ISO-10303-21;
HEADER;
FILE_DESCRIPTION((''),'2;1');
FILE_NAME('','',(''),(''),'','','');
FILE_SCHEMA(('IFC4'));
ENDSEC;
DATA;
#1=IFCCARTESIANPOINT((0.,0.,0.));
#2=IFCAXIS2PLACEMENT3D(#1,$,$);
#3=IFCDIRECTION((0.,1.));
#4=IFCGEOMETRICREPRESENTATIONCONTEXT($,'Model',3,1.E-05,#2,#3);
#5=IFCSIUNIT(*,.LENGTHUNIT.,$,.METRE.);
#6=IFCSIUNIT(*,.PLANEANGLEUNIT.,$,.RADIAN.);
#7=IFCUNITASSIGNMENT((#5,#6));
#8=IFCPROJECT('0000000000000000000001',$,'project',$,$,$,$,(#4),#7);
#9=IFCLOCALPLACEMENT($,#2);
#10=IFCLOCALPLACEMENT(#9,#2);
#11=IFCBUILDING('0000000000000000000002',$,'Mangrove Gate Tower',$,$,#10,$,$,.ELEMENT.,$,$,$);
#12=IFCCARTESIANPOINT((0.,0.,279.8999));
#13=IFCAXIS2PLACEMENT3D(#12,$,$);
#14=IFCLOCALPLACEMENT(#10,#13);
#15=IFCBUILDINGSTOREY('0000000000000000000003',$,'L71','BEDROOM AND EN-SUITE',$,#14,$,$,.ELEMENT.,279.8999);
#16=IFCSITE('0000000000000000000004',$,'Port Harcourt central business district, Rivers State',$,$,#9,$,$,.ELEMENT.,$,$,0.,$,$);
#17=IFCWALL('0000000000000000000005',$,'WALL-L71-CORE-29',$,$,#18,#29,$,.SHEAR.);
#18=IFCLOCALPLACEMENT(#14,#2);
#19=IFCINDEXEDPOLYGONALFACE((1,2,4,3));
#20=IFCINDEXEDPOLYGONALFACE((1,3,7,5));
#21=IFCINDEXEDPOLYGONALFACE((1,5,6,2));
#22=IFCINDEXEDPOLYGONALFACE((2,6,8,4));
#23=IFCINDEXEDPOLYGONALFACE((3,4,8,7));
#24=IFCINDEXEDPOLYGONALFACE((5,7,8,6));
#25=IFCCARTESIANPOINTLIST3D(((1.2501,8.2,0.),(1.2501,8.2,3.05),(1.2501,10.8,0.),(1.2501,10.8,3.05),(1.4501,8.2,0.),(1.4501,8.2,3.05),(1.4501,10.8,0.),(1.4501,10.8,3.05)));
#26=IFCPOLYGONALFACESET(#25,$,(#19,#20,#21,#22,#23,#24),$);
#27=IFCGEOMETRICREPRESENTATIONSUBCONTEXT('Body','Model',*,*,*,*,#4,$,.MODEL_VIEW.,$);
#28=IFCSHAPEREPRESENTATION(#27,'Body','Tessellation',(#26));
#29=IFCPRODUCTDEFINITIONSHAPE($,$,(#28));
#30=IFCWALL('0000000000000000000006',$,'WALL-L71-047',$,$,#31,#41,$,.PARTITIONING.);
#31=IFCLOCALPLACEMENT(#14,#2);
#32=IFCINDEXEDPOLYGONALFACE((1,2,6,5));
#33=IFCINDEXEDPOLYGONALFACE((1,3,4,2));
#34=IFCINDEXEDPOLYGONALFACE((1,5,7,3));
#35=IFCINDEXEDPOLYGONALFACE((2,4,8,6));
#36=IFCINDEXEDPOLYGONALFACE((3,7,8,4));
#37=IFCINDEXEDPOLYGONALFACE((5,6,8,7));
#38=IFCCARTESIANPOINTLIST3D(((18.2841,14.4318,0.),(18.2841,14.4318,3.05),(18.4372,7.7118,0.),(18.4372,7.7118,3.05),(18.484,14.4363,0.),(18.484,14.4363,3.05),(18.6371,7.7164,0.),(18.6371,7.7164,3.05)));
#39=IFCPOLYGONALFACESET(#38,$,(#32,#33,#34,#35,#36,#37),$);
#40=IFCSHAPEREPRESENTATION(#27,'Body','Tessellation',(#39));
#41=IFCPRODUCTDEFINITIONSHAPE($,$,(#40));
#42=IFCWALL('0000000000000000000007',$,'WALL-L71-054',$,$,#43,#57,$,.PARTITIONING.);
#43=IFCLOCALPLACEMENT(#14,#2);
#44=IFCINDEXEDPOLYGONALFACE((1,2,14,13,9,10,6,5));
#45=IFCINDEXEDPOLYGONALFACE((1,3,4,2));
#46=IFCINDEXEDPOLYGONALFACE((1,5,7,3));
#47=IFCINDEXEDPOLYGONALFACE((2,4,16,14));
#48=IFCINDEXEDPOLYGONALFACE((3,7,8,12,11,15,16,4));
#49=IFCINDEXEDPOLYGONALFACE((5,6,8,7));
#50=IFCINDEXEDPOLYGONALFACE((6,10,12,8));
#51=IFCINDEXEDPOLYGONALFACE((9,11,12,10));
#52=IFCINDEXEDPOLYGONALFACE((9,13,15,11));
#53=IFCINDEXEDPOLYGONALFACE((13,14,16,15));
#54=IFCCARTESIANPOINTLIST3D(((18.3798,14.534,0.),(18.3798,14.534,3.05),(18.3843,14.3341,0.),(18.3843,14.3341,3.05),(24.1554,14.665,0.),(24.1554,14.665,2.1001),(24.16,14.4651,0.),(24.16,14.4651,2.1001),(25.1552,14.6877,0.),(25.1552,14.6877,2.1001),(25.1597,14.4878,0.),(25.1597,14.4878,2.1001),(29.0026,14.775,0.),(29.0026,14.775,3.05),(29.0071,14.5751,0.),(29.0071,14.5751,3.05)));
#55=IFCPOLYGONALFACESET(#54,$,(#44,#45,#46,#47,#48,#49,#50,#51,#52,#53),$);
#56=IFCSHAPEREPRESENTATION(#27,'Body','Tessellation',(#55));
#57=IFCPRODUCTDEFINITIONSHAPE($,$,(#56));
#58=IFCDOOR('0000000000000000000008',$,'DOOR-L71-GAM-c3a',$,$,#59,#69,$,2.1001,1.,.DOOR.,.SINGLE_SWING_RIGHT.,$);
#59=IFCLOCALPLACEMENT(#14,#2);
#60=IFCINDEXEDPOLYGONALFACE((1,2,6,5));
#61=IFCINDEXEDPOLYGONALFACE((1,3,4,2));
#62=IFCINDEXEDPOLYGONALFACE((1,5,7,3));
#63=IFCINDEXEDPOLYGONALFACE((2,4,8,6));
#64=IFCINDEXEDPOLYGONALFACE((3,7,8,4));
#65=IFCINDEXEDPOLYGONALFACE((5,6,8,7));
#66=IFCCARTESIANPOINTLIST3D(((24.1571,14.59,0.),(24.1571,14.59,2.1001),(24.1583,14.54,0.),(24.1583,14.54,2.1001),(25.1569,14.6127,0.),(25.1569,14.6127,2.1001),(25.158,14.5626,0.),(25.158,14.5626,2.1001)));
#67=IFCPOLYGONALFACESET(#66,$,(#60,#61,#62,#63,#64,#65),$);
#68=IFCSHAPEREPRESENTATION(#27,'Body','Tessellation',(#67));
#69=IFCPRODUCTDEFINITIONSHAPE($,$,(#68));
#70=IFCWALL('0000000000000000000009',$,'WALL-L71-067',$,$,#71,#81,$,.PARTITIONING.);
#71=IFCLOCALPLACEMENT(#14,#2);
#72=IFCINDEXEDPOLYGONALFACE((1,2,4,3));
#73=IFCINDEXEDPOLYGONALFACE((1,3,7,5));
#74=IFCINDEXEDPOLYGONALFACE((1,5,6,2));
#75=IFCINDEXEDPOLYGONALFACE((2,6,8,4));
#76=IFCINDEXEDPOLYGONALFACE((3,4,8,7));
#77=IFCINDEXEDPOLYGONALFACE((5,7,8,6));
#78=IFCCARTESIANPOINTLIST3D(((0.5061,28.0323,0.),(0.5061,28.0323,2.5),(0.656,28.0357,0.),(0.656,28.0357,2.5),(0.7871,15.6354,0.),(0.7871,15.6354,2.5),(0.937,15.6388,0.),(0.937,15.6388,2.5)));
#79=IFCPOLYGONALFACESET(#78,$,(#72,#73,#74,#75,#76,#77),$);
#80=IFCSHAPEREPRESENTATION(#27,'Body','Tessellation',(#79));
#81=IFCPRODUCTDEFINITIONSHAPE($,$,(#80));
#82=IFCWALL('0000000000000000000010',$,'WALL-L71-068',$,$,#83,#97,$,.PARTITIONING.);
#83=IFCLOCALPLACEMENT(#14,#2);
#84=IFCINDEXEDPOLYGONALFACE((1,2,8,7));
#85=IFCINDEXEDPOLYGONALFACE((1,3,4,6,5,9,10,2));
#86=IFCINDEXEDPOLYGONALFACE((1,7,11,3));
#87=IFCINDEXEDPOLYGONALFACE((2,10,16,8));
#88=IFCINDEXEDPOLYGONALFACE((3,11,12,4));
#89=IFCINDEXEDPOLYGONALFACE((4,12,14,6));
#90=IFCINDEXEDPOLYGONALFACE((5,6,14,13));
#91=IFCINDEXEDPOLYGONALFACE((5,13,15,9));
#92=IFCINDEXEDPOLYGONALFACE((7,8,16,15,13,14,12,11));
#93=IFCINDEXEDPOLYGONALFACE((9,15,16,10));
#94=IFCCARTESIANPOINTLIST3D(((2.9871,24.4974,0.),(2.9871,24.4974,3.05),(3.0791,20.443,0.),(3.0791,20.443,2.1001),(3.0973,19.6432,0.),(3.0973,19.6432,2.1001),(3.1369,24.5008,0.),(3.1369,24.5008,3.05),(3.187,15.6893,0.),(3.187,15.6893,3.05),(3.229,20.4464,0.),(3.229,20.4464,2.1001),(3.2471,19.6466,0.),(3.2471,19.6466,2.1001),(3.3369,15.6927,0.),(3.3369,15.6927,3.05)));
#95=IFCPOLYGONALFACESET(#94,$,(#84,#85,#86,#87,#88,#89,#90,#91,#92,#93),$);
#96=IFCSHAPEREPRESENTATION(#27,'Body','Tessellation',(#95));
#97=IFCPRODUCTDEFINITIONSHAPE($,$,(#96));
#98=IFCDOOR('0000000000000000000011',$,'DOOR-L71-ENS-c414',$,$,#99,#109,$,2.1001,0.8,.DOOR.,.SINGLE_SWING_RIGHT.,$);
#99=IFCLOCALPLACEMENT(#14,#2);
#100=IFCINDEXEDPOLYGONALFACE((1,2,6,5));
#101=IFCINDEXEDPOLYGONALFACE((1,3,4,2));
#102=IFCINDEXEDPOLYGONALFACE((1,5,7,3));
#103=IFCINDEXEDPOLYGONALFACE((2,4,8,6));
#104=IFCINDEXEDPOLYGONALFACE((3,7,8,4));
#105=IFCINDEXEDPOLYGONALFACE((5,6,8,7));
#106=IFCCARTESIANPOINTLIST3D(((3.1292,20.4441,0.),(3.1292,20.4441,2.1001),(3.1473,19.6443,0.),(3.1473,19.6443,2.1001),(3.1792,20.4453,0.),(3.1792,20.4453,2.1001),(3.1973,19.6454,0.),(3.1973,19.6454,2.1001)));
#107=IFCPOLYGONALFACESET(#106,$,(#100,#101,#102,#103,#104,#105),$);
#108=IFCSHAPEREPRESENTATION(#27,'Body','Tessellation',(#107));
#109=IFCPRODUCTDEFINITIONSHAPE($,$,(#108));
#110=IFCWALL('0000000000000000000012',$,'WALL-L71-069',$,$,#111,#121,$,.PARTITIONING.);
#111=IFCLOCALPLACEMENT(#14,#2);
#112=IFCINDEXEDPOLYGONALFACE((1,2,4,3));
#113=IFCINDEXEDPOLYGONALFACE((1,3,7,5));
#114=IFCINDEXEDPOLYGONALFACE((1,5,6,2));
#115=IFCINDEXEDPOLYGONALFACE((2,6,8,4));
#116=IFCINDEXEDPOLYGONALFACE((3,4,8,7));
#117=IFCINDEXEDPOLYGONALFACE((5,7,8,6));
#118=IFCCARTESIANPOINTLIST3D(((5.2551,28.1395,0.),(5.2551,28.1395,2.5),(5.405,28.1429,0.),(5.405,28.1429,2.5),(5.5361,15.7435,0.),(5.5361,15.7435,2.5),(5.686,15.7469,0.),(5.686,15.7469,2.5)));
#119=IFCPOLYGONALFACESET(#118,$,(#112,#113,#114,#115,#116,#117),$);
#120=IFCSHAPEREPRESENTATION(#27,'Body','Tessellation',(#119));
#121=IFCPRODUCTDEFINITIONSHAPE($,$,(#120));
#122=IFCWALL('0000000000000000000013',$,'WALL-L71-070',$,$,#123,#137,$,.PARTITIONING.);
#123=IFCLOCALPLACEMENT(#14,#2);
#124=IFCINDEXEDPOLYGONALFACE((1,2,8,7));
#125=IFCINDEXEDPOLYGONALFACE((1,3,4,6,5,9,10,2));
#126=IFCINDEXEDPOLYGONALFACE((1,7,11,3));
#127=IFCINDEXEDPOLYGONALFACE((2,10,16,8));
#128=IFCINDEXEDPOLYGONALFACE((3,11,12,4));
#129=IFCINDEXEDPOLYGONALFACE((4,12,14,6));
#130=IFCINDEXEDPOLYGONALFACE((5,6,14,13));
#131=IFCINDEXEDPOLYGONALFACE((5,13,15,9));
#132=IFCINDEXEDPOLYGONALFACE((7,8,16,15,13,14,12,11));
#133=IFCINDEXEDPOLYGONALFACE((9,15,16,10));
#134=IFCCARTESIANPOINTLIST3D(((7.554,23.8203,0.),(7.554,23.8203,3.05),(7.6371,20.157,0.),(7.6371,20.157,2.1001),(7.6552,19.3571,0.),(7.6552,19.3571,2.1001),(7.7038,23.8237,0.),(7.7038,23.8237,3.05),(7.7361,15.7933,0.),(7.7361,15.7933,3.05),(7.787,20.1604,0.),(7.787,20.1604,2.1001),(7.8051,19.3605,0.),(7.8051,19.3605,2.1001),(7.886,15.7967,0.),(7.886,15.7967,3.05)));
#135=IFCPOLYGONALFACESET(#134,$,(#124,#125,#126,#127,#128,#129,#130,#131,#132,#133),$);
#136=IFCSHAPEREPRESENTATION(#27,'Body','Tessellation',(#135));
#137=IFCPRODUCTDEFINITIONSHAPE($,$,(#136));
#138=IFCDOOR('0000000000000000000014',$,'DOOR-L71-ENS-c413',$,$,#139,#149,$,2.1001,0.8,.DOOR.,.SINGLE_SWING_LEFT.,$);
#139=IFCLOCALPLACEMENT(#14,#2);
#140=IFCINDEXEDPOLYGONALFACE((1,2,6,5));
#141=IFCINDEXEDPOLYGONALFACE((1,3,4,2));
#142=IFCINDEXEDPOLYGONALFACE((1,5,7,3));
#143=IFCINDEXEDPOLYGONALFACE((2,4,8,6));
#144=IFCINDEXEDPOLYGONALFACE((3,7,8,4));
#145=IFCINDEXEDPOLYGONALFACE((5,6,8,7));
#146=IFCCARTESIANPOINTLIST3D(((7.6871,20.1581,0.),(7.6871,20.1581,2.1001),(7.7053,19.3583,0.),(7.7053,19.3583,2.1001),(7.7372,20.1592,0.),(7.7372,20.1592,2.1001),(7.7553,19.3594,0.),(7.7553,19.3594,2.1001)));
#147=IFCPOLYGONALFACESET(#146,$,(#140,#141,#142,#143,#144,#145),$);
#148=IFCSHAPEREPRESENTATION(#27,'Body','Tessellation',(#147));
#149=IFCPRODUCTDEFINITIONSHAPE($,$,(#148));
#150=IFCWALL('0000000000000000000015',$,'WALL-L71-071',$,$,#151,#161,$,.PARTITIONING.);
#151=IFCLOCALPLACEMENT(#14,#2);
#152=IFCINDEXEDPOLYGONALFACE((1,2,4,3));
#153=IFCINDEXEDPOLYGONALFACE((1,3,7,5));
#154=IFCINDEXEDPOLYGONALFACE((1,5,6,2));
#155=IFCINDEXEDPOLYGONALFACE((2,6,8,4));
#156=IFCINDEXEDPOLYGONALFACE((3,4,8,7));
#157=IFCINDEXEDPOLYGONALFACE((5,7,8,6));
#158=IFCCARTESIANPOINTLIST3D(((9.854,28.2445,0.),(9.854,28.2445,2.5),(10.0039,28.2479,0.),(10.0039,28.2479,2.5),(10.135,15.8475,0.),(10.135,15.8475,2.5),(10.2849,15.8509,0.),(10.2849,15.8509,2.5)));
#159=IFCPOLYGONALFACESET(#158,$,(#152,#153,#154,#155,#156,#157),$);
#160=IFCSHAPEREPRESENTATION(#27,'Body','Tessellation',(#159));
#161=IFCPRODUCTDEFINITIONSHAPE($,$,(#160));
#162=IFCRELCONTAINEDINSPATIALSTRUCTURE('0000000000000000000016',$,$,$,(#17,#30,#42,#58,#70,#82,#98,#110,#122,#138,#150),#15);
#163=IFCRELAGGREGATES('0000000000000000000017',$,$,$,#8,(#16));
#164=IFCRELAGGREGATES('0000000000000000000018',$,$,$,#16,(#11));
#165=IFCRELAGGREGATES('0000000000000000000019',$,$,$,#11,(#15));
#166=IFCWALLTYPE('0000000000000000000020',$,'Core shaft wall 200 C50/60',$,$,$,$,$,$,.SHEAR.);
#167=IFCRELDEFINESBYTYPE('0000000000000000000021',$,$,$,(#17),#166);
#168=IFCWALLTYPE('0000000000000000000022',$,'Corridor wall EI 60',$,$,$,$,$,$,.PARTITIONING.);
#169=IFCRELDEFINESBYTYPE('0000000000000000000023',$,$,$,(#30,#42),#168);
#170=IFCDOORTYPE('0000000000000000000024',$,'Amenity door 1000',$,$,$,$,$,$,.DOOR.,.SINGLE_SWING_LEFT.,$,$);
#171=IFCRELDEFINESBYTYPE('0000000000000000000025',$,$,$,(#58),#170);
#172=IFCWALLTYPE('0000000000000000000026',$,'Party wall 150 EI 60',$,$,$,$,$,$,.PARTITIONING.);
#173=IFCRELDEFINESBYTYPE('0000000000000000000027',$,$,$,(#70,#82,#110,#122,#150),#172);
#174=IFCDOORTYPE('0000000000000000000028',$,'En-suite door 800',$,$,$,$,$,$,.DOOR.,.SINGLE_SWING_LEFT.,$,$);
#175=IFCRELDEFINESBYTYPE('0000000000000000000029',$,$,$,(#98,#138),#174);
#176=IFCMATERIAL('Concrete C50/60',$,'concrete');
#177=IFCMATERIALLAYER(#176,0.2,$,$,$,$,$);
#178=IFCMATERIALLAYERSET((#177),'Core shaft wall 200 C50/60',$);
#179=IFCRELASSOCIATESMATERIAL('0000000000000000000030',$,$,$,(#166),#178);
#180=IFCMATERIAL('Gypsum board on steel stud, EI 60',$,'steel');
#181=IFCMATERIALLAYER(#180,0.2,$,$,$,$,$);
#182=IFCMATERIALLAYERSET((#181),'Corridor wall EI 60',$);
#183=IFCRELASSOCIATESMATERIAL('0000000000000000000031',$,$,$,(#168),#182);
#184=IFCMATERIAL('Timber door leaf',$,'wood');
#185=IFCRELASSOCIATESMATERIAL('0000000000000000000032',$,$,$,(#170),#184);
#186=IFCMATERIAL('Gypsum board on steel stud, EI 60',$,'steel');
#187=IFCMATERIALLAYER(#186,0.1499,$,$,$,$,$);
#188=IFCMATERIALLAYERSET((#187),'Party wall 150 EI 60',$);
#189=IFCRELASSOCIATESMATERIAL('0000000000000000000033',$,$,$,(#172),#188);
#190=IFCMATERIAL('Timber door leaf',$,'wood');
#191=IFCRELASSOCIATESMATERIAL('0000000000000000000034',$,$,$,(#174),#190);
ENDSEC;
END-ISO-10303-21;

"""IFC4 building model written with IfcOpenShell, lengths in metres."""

from ifc_helpers import new_model, si_unit, direction, frame, frame_2d, origin, place, context, subcontext, project, spatial, rectangle, extrude, material, layer, layer_set, type_object, element, fill, save


model = new_model("IFC4")

# Units and contexts
model_context = context("Model", 3, precision=1e-05, world=origin(), true_north=direction((0.0, 1.0)))
body_context = subcontext(model_context, "Body", "Model", "MODEL_VIEW")
ifc_project = project(units=[si_unit("LENGTHUNIT", "METRE"), si_unit("PLANEANGLEUNIT", "RADIAN")], contexts=[model_context])

# Site, building, storey
site_placement = place(None, origin())
site = spatial("IfcSite", under=ifc_project, at=site_placement, Name="Port Harcourt central business district, Rivers State", CompositionType="ELEMENT", RefElevation=0.0)
building_placement = place(site_placement, origin())
building = spatial("IfcBuilding", under=site, at=building_placement, Name="Mangrove Gate Tower", CompositionType="ELEMENT")
storey_placement = place(building_placement, frame((0.0, 0.0, 279.8999)))
storey = spatial("IfcBuildingStorey", under=building, at=storey_placement, Name="L71", Description="BEDROOM AND EN-SUITE", CompositionType="ELEMENT", Elevation=279.8999)

# Walls
ifc_material_1 = material(Name="Concrete C50/60", Category="concrete")
ifc_layer_1 = layer(ifc_material_1, 0.2)
ifc_layer_set_1 = layer_set([ifc_layer_1], Name="Core shaft wall 200 C50/60")
wall_type_1 = type_object("IfcWallType", Name="Core shaft wall 200 C50/60", PredefinedType="SHEAR", material=ifc_layer_set_1)
wall_1_placement = place(storey_placement, frame((1.3501, 8.2, 0.0), z_axis=(0.0, 0.0, 1.0), x_axis=(0.0, 1.0, 0.0)))
element("IfcWall", 1, at=wall_1_placement, inside=storey, type_object=wall_type_1, Name="WALL-L71-CORE-29", PredefinedType="SHEAR", context=body_context, shape_type="SweptSolid", body=[
    extrude(rectangle(XDim=2.6001, YDim=0.2, at=frame_2d((1.3, 0.0))), origin(), (0.0, 0.0, 1.0), 3.05),
])
ifc_material_2 = material(Name="Gypsum board on steel stud, EI 60", Category="steel")
ifc_layer_2 = layer(ifc_material_2, 0.2)
ifc_layer_set_2 = layer_set([ifc_layer_2], Name="Corridor wall EI 60")
wall_type_2 = type_object("IfcWallType", Name="Corridor wall EI 60", PredefinedType="PARTITIONING", material=ifc_layer_set_2)
wall_2_placement = place(storey_placement, frame((18.5371, 7.7141, 0.0), z_axis=(0.0, 0.0, 1.0), x_axis=(-0.022773, 0.999741, 0.0)))
element("IfcWall", 2, at=wall_2_placement, inside=storey, type_object=wall_type_2, Name="WALL-L71-047", PredefinedType="PARTITIONING", context=body_context, shape_type="SweptSolid", body=[
    extrude(rectangle(XDim=6.7217, YDim=0.2, at=frame_2d((3.3608, 0.0))), origin(), (0.0, 0.0, 1.0), 3.05),
])

# Wall, opening, door
wall_3_placement = place(storey_placement, frame((18.3821, 14.4341, 0.0), z_axis=(0.0, 0.0, 1.0), x_axis=(0.999743, 0.022678, 0.0)))
wall_3 = element("IfcWall", 3, at=wall_3_placement, inside=storey, type_object=wall_type_2, Name="WALL-L71-054", PredefinedType="PARTITIONING", context=body_context, shape_type="SweptSolid", body=[
    extrude(rectangle(XDim=10.6255, YDim=0.2, at=frame_2d((5.3127, 0.0))), origin(), (0.0, 0.0, 1.0), 3.05),
])
opening_1_placement = place(wall_3_placement, frame((5.7771, 0.0, 0.0)))
opening_1 = element("IfcOpeningElement", 4, at=opening_1_placement, cuts=wall_3, PredefinedType="OPENING", context=body_context, shape_type="SweptSolid", body=[
    extrude(rectangle(XDim=1.0, YDim=2.1001, at=frame_2d((0.5, 1.05))), frame((0.0, 0.1099, 0.0), z_axis=(0.0, -1.0, 0.0), x_axis=(1.0, 0.0, 0.0)), (0.0, 0.0, 1.0), 0.22),
])
ifc_material_3 = material(Name="Timber door leaf", Category="wood")
door_type_1 = type_object("IfcDoorType", Name="Amenity door 1000", OperationType="SINGLE_SWING_LEFT", PredefinedType="DOOR", material=ifc_material_3)
door_1_placement = place(opening_1_placement, origin())
door_1 = element("IfcDoor", 5, at=door_1_placement, inside=storey, type_object=door_type_1, Name="DOOR-L71-GAM-c3a", OperationType="SINGLE_SWING_RIGHT", OverallHeight=2.1001, OverallWidth=1.0, PredefinedType="DOOR", context=body_context, shape_type="SweptSolid", body=[
    extrude(rectangle(XDim=1.0, YDim=2.1001, at=frame_2d((0.5, 1.05))), frame((0.0, 0.0249, 0.0), z_axis=(0.0, -1.0, 0.0), x_axis=(1.0, 0.0, 0.0)), (0.0, 0.0, 1.0), 0.05),
])
fill(opening_1, door_1)

# Wall
ifc_material_4 = material(Name="Gypsum board on steel stud, EI 60", Category="steel")
ifc_layer_3 = layer(ifc_material_4, 0.1499)
ifc_layer_set_3 = layer_set([ifc_layer_3], Name="Party wall 150 EI 60")
wall_type_3 = type_object("IfcWallType", Name="Party wall 150 EI 60", PredefinedType="PARTITIONING", material=ifc_layer_set_3)
wall_4_placement = place(storey_placement, frame((0.8621, 15.637, 0.0), z_axis=(0.0, 0.0, 1.0), x_axis=(-0.022661, 0.999743, 0.0)))
element("IfcWall", 6, at=wall_4_placement, inside=storey, type_object=wall_type_3, Name="WALL-L71-067", PredefinedType="PARTITIONING", context=body_context, shape_type="SweptSolid", body=[
    extrude(rectangle(XDim=12.4001, YDim=0.1499, at=frame_2d((6.2002, 0.0))), origin(), (0.0, 0.0, 1.0), 2.5),
])

# Wall, opening, door
wall_5_placement = place(storey_placement, frame((3.262, 15.6909, 0.0), z_axis=(0.0, 0.0, 1.0), x_axis=(-0.022695, 0.999742, 0.0)))
wall_5 = element("IfcWall", 7, at=wall_5_placement, inside=storey, type_object=wall_type_3, Name="WALL-L71-068", PredefinedType="PARTITIONING", context=body_context, shape_type="SweptSolid", body=[
    extrude(rectangle(XDim=8.8103, YDim=0.1499, at=frame_2d((4.4053, 0.0))), origin(), (0.0, 0.0, 1.0), 3.05),
])
opening_2_placement = place(wall_5_placement, frame((3.9551, 0.0, 0.0)))
opening_2 = element("IfcOpeningElement", 8, at=opening_2_placement, cuts=wall_5, PredefinedType="OPENING", context=body_context, shape_type="SweptSolid", body=[
    extrude(rectangle(XDim=0.8, YDim=2.1001, at=frame_2d((0.3999, 1.05))), frame((0.0, 0.085, 0.0), z_axis=(0.0, -1.0, 0.0), x_axis=(1.0, 0.0, 0.0)), (0.0, 0.0, 1.0), 0.1699),
])
ifc_material_5 = material(Name="Timber door leaf", Category="wood")
door_type_2 = type_object("IfcDoorType", Name="En-suite door 800", OperationType="SINGLE_SWING_LEFT", PredefinedType="DOOR", material=ifc_material_5)
door_2_placement = place(opening_2_placement, origin())
door_2 = element("IfcDoor", 9, at=door_2_placement, inside=storey, type_object=door_type_2, Name="DOOR-L71-ENS-c414", OperationType="SINGLE_SWING_RIGHT", OverallHeight=2.1001, OverallWidth=0.8, PredefinedType="DOOR", context=body_context, shape_type="SweptSolid", body=[
    extrude(rectangle(XDim=0.8, YDim=2.1001, at=frame_2d((0.3999, 1.05))), frame((0.0, 0.0249, 0.0), z_axis=(0.0, -1.0, 0.0), x_axis=(1.0, 0.0, 0.0)), (0.0, 0.0, 1.0), 0.05),
])
fill(opening_2, door_2)

# Wall
wall_6_placement = place(storey_placement, frame((5.6111, 15.7451, 0.0), z_axis=(0.0, 0.0, 1.0), x_axis=(-0.022663, 0.999743, 0.0)))
element("IfcWall", 10, at=wall_6_placement, inside=storey, type_object=wall_type_3, Name="WALL-L71-069", PredefinedType="PARTITIONING", context=body_context, shape_type="SweptSolid", body=[
    extrude(rectangle(XDim=12.3992, YDim=0.1499, at=frame_2d((6.1997, 0.0))), origin(), (0.0, 0.0, 1.0), 2.5),
])

# Wall, opening, door
wall_7_placement = place(storey_placement, frame((7.811, 15.7949, 0.0), z_axis=(0.0, 0.0, 1.0), x_axis=(-0.022683, 0.999743, 0.0)))
wall_7 = element("IfcWall", 11, at=wall_7_placement, inside=storey, type_object=wall_type_3, Name="WALL-L71-070", PredefinedType="PARTITIONING", context=body_context, shape_type="SweptSolid", body=[
    extrude(rectangle(XDim=8.0291, YDim=0.1499, at=frame_2d((4.0146, 0.0))), origin(), (0.0, 0.0, 1.0), 3.05),
])
opening_3_placement = place(wall_7_placement, frame((3.5649, 0.0, 0.0)))
opening_3 = element("IfcOpeningElement", 12, at=opening_3_placement, cuts=wall_7, PredefinedType="OPENING", context=body_context, shape_type="SweptSolid", body=[
    extrude(rectangle(XDim=0.8, YDim=2.1001, at=frame_2d((0.3999, 1.05))), frame((0.0, 0.085, 0.0), z_axis=(0.0, -1.0, 0.0), x_axis=(1.0, 0.0, 0.0)), (0.0, 0.0, 1.0), 0.1699),
])
door_3_placement = place(opening_3_placement, origin())
door_3 = element("IfcDoor", 13, at=door_3_placement, inside=storey, type_object=door_type_2, Name="DOOR-L71-ENS-c413", OperationType="SINGLE_SWING_LEFT", OverallHeight=2.1001, OverallWidth=0.8, PredefinedType="DOOR", context=body_context, shape_type="SweptSolid", body=[
    extrude(rectangle(XDim=0.8, YDim=2.1001, at=frame_2d((0.3999, 1.05))), frame((0.0, 0.0249, 0.0), z_axis=(0.0, -1.0, 0.0), x_axis=(1.0, 0.0, 0.0)), (0.0, 0.0, 1.0), 0.05),
])
fill(opening_3, door_3)

# Wall
wall_8_placement = place(storey_placement, frame((10.21, 15.8491, 0.0), z_axis=(0.0, 0.0, 1.0), x_axis=(-0.022661, 0.999743, 0.0)))
element("IfcWall", 14, at=wall_8_placement, inside=storey, type_object=wall_type_3, Name="WALL-L71-071", PredefinedType="PARTITIONING", context=body_context, shape_type="SweptSolid", body=[
    extrude(rectangle(XDim=12.4001, YDim=0.1499, at=frame_2d((6.2002, 0.0))), origin(), (0.0, 0.0, 1.0), 2.5),
])

save(model, "model.ifc")
